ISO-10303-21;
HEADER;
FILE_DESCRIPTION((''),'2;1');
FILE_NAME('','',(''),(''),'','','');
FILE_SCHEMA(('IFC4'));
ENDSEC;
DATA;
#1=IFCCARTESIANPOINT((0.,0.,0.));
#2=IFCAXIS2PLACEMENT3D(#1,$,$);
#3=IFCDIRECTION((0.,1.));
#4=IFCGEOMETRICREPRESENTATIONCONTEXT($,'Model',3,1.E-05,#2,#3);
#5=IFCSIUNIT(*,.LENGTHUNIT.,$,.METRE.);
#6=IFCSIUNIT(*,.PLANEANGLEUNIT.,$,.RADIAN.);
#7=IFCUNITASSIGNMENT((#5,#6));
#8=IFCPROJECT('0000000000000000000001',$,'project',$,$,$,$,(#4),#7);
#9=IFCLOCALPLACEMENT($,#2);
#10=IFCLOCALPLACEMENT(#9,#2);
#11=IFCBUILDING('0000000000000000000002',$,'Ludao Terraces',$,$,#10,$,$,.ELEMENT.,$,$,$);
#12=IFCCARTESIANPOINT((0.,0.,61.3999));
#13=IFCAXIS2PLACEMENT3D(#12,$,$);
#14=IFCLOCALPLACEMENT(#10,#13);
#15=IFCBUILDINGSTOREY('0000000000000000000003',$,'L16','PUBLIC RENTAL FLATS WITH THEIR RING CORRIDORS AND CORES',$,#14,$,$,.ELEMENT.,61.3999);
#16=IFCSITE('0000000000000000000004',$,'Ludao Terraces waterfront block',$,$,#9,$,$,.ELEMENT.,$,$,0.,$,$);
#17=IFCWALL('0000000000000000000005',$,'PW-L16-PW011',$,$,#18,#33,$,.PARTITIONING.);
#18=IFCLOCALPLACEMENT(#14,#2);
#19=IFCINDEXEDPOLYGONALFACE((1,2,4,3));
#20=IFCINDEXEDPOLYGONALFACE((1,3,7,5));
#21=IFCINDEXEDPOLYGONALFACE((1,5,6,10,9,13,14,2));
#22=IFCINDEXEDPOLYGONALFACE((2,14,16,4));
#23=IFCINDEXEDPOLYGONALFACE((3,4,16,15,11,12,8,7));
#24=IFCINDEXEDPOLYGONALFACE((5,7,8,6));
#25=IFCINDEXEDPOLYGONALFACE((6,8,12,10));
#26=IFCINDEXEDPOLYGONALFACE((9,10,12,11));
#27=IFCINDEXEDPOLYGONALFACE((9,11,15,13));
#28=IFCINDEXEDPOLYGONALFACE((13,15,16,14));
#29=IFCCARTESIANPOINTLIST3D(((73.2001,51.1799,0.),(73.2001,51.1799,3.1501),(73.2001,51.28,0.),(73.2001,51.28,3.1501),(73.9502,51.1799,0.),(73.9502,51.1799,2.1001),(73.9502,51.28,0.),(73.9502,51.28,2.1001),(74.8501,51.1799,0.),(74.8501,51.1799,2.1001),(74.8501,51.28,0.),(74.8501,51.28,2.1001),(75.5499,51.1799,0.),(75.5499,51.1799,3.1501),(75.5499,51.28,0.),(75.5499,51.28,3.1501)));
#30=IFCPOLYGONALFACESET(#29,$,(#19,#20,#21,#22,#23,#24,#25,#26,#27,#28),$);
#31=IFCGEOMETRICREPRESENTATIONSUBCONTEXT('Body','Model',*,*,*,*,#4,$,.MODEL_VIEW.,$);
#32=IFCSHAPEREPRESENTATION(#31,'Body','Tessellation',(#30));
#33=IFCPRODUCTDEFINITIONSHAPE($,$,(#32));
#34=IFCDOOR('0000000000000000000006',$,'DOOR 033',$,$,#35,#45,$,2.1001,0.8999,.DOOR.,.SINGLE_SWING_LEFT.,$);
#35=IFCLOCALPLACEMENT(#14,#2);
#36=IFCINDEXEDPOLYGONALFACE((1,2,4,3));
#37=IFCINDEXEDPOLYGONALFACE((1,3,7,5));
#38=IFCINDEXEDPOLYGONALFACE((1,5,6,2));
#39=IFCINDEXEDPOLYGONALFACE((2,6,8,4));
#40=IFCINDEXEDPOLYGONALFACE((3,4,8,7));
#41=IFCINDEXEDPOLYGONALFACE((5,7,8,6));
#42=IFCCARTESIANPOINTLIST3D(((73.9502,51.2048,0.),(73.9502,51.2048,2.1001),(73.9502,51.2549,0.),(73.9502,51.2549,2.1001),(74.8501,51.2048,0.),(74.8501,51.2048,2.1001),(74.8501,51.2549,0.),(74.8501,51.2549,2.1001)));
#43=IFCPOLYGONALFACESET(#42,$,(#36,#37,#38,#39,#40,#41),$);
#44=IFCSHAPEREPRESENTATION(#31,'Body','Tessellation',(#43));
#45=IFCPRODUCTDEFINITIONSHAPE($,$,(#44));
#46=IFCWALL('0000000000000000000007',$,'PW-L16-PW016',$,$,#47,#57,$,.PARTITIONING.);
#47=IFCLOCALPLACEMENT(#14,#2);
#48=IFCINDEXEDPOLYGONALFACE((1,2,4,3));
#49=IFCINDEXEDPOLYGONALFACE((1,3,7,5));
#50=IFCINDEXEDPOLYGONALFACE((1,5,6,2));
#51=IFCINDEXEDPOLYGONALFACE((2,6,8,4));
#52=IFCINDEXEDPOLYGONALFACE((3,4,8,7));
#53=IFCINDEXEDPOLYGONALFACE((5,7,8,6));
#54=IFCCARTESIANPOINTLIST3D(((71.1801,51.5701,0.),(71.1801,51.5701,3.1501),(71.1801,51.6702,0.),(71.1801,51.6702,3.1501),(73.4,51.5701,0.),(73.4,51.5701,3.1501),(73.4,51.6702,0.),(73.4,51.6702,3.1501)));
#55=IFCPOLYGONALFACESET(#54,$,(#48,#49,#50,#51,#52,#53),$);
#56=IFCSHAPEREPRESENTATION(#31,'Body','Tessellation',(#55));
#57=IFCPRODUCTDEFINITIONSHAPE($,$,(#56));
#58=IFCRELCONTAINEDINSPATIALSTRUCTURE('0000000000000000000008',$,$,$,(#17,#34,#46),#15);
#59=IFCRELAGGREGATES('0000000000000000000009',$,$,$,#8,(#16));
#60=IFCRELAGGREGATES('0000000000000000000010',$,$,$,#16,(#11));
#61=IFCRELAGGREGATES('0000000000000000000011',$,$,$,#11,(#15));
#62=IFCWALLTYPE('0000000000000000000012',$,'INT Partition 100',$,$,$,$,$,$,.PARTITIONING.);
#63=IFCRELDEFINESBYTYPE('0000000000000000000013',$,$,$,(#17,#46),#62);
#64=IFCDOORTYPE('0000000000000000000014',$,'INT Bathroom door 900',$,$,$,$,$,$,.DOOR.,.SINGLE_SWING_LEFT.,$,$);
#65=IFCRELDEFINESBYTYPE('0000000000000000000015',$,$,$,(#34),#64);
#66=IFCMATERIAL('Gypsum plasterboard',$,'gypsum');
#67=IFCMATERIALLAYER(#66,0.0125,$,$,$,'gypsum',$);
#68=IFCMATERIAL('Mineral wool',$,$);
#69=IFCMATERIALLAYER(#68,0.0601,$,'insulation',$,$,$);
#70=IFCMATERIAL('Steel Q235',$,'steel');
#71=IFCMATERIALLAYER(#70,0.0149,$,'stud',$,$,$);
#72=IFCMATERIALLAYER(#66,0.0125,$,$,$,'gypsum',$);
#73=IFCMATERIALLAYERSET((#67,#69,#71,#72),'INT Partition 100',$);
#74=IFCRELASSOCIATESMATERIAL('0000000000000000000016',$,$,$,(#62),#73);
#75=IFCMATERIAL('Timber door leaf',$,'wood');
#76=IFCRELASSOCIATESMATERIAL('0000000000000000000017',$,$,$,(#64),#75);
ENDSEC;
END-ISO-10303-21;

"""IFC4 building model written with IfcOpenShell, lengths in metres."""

from ifc_helpers import new_model, si_unit, direction, frame, frame_2d, origin, place, context, subcontext, project, spatial, rectangle, extrude, material, layer, layer_set, type_object, element, fill, save


model = new_model("IFC4")

# Units and contexts
model_context = context("Model", 3, precision=1e-05, world=origin(), true_north=direction((0.0, 1.0)))
body_context = subcontext(model_context, "Body", "Model", "MODEL_VIEW")
ifc_project = project(units=[si_unit("LENGTHUNIT", "METRE"), si_unit("PLANEANGLEUNIT", "RADIAN")], contexts=[model_context])

# Site, building, storey
site_placement = place(None, origin())
site = spatial("IfcSite", under=ifc_project, at=site_placement, Name="Ludao Terraces waterfront block", CompositionType="ELEMENT", RefElevation=0.0)
building_placement = place(site_placement, origin())
building = spatial("IfcBuilding", under=site, at=building_placement, Name="Ludao Terraces", CompositionType="ELEMENT")
storey_placement = place(building_placement, frame((0.0, 0.0, 61.3999)))
storey = spatial("IfcBuildingStorey", under=building, at=storey_placement, Name="L16", Description="PUBLIC RENTAL FLATS WITH THEIR RING CORRIDORS AND CORES", CompositionType="ELEMENT", Elevation=61.3999)

# Shared definitions
ifc_material_1 = material(Name="Gypsum plasterboard", Category="gypsum")
ifc_layer_1 = layer(ifc_material_1, 0.0125, Category="gypsum")
ifc_material_2 = material(Name="Mineral wool")
ifc_layer_2 = layer(ifc_material_2, 0.0601, Name="insulation")
ifc_material_3 = material(Name="Steel Q235", Category="steel")
ifc_layer_3 = layer(ifc_material_3, 0.0149, Name="stud")
ifc_layer_4 = layer(ifc_material_1, 0.0125, Category="gypsum")
ifc_layer_set = layer_set([ifc_layer_1, ifc_layer_2, ifc_layer_3, ifc_layer_4], Name="INT Partition 100")
wall_type = type_object("IfcWallType", Name="INT Partition 100", PredefinedType="PARTITIONING", material=ifc_layer_set)
ifc_material_4 = material(Name="Timber door leaf", Category="wood")

# Wall, opening, door
wall_1_placement = place(storey_placement, frame((73.2002, 51.23, 0.0), z_axis=(0.0, 0.0, 1.0), x_axis=(1.0, 0.0, 0.0)))
wall_1 = element("IfcWall", 1, at=wall_1_placement, inside=storey, type_object=wall_type, Name="PW-L16-PW011", PredefinedType="PARTITIONING", context=body_context, shape_type="SweptSolid", body=[
    extrude(rectangle(XDim=2.3499, YDim=0.1001, at=frame_2d((1.1748, 0.0))), origin(), (0.0, 0.0, 1.0), 3.1501),
])
opening_1_placement = place(wall_1_placement, frame((0.75, 0.0, 0.0)))
opening_1 = element("IfcOpeningElement", 2, at=opening_1_placement, cuts=wall_1, PredefinedType="OPENING", context=body_context, shape_type="SweptSolid", body=[
    extrude(rectangle(XDim=0.8999, YDim=2.1001, at=frame_2d((0.45, 1.05))), frame((0.0, 0.0601, 0.0), z_axis=(0.0, -1.0, 0.0), x_axis=(1.0, 0.0, 0.0)), (0.0, 0.0, 1.0), 0.1201),
])
door_type_1 = type_object("IfcDoorType", Name="INT Bathroom door 900", OperationType="SINGLE_SWING_LEFT", PredefinedType="DOOR", material=ifc_material_4)
door_1_placement = place(opening_1_placement, origin())
door_1 = element("IfcDoor", 3, at=door_1_placement, inside=storey, type_object=door_type_1, Name="DOOR 033", OperationType="SINGLE_SWING_LEFT", OverallHeight=2.1001, OverallWidth=0.8999, PredefinedType="DOOR", context=body_context, shape_type="SweptSolid", body=[
    extrude(rectangle(XDim=0.8999, YDim=2.1001, at=frame_2d((0.45, 1.05))), frame((0.0, 0.0249, 0.0), z_axis=(0.0, -1.0, 0.0), x_axis=(1.0, 0.0, 0.0)), (0.0, 0.0, 1.0), 0.05),
])
fill(opening_1, door_1)

# Wall
wall_2_placement = place(storey_placement, frame((71.1802, 51.6201, 0.0), z_axis=(0.0, 0.0, 1.0), x_axis=(1.0, 0.0, 0.0)))
element("IfcWall", 4, at=wall_2_placement, inside=storey, type_object=wall_type, Name="PW-L16-PW016", PredefinedType="PARTITIONING", context=body_context, shape_type="SweptSolid", body=[
    extrude(rectangle(XDim=2.22, YDim=0.1001, at=frame_2d((1.1099, 0.0))), origin(), (0.0, 0.0, 1.0), 3.1501),
])

save(model, "model.ifc")
